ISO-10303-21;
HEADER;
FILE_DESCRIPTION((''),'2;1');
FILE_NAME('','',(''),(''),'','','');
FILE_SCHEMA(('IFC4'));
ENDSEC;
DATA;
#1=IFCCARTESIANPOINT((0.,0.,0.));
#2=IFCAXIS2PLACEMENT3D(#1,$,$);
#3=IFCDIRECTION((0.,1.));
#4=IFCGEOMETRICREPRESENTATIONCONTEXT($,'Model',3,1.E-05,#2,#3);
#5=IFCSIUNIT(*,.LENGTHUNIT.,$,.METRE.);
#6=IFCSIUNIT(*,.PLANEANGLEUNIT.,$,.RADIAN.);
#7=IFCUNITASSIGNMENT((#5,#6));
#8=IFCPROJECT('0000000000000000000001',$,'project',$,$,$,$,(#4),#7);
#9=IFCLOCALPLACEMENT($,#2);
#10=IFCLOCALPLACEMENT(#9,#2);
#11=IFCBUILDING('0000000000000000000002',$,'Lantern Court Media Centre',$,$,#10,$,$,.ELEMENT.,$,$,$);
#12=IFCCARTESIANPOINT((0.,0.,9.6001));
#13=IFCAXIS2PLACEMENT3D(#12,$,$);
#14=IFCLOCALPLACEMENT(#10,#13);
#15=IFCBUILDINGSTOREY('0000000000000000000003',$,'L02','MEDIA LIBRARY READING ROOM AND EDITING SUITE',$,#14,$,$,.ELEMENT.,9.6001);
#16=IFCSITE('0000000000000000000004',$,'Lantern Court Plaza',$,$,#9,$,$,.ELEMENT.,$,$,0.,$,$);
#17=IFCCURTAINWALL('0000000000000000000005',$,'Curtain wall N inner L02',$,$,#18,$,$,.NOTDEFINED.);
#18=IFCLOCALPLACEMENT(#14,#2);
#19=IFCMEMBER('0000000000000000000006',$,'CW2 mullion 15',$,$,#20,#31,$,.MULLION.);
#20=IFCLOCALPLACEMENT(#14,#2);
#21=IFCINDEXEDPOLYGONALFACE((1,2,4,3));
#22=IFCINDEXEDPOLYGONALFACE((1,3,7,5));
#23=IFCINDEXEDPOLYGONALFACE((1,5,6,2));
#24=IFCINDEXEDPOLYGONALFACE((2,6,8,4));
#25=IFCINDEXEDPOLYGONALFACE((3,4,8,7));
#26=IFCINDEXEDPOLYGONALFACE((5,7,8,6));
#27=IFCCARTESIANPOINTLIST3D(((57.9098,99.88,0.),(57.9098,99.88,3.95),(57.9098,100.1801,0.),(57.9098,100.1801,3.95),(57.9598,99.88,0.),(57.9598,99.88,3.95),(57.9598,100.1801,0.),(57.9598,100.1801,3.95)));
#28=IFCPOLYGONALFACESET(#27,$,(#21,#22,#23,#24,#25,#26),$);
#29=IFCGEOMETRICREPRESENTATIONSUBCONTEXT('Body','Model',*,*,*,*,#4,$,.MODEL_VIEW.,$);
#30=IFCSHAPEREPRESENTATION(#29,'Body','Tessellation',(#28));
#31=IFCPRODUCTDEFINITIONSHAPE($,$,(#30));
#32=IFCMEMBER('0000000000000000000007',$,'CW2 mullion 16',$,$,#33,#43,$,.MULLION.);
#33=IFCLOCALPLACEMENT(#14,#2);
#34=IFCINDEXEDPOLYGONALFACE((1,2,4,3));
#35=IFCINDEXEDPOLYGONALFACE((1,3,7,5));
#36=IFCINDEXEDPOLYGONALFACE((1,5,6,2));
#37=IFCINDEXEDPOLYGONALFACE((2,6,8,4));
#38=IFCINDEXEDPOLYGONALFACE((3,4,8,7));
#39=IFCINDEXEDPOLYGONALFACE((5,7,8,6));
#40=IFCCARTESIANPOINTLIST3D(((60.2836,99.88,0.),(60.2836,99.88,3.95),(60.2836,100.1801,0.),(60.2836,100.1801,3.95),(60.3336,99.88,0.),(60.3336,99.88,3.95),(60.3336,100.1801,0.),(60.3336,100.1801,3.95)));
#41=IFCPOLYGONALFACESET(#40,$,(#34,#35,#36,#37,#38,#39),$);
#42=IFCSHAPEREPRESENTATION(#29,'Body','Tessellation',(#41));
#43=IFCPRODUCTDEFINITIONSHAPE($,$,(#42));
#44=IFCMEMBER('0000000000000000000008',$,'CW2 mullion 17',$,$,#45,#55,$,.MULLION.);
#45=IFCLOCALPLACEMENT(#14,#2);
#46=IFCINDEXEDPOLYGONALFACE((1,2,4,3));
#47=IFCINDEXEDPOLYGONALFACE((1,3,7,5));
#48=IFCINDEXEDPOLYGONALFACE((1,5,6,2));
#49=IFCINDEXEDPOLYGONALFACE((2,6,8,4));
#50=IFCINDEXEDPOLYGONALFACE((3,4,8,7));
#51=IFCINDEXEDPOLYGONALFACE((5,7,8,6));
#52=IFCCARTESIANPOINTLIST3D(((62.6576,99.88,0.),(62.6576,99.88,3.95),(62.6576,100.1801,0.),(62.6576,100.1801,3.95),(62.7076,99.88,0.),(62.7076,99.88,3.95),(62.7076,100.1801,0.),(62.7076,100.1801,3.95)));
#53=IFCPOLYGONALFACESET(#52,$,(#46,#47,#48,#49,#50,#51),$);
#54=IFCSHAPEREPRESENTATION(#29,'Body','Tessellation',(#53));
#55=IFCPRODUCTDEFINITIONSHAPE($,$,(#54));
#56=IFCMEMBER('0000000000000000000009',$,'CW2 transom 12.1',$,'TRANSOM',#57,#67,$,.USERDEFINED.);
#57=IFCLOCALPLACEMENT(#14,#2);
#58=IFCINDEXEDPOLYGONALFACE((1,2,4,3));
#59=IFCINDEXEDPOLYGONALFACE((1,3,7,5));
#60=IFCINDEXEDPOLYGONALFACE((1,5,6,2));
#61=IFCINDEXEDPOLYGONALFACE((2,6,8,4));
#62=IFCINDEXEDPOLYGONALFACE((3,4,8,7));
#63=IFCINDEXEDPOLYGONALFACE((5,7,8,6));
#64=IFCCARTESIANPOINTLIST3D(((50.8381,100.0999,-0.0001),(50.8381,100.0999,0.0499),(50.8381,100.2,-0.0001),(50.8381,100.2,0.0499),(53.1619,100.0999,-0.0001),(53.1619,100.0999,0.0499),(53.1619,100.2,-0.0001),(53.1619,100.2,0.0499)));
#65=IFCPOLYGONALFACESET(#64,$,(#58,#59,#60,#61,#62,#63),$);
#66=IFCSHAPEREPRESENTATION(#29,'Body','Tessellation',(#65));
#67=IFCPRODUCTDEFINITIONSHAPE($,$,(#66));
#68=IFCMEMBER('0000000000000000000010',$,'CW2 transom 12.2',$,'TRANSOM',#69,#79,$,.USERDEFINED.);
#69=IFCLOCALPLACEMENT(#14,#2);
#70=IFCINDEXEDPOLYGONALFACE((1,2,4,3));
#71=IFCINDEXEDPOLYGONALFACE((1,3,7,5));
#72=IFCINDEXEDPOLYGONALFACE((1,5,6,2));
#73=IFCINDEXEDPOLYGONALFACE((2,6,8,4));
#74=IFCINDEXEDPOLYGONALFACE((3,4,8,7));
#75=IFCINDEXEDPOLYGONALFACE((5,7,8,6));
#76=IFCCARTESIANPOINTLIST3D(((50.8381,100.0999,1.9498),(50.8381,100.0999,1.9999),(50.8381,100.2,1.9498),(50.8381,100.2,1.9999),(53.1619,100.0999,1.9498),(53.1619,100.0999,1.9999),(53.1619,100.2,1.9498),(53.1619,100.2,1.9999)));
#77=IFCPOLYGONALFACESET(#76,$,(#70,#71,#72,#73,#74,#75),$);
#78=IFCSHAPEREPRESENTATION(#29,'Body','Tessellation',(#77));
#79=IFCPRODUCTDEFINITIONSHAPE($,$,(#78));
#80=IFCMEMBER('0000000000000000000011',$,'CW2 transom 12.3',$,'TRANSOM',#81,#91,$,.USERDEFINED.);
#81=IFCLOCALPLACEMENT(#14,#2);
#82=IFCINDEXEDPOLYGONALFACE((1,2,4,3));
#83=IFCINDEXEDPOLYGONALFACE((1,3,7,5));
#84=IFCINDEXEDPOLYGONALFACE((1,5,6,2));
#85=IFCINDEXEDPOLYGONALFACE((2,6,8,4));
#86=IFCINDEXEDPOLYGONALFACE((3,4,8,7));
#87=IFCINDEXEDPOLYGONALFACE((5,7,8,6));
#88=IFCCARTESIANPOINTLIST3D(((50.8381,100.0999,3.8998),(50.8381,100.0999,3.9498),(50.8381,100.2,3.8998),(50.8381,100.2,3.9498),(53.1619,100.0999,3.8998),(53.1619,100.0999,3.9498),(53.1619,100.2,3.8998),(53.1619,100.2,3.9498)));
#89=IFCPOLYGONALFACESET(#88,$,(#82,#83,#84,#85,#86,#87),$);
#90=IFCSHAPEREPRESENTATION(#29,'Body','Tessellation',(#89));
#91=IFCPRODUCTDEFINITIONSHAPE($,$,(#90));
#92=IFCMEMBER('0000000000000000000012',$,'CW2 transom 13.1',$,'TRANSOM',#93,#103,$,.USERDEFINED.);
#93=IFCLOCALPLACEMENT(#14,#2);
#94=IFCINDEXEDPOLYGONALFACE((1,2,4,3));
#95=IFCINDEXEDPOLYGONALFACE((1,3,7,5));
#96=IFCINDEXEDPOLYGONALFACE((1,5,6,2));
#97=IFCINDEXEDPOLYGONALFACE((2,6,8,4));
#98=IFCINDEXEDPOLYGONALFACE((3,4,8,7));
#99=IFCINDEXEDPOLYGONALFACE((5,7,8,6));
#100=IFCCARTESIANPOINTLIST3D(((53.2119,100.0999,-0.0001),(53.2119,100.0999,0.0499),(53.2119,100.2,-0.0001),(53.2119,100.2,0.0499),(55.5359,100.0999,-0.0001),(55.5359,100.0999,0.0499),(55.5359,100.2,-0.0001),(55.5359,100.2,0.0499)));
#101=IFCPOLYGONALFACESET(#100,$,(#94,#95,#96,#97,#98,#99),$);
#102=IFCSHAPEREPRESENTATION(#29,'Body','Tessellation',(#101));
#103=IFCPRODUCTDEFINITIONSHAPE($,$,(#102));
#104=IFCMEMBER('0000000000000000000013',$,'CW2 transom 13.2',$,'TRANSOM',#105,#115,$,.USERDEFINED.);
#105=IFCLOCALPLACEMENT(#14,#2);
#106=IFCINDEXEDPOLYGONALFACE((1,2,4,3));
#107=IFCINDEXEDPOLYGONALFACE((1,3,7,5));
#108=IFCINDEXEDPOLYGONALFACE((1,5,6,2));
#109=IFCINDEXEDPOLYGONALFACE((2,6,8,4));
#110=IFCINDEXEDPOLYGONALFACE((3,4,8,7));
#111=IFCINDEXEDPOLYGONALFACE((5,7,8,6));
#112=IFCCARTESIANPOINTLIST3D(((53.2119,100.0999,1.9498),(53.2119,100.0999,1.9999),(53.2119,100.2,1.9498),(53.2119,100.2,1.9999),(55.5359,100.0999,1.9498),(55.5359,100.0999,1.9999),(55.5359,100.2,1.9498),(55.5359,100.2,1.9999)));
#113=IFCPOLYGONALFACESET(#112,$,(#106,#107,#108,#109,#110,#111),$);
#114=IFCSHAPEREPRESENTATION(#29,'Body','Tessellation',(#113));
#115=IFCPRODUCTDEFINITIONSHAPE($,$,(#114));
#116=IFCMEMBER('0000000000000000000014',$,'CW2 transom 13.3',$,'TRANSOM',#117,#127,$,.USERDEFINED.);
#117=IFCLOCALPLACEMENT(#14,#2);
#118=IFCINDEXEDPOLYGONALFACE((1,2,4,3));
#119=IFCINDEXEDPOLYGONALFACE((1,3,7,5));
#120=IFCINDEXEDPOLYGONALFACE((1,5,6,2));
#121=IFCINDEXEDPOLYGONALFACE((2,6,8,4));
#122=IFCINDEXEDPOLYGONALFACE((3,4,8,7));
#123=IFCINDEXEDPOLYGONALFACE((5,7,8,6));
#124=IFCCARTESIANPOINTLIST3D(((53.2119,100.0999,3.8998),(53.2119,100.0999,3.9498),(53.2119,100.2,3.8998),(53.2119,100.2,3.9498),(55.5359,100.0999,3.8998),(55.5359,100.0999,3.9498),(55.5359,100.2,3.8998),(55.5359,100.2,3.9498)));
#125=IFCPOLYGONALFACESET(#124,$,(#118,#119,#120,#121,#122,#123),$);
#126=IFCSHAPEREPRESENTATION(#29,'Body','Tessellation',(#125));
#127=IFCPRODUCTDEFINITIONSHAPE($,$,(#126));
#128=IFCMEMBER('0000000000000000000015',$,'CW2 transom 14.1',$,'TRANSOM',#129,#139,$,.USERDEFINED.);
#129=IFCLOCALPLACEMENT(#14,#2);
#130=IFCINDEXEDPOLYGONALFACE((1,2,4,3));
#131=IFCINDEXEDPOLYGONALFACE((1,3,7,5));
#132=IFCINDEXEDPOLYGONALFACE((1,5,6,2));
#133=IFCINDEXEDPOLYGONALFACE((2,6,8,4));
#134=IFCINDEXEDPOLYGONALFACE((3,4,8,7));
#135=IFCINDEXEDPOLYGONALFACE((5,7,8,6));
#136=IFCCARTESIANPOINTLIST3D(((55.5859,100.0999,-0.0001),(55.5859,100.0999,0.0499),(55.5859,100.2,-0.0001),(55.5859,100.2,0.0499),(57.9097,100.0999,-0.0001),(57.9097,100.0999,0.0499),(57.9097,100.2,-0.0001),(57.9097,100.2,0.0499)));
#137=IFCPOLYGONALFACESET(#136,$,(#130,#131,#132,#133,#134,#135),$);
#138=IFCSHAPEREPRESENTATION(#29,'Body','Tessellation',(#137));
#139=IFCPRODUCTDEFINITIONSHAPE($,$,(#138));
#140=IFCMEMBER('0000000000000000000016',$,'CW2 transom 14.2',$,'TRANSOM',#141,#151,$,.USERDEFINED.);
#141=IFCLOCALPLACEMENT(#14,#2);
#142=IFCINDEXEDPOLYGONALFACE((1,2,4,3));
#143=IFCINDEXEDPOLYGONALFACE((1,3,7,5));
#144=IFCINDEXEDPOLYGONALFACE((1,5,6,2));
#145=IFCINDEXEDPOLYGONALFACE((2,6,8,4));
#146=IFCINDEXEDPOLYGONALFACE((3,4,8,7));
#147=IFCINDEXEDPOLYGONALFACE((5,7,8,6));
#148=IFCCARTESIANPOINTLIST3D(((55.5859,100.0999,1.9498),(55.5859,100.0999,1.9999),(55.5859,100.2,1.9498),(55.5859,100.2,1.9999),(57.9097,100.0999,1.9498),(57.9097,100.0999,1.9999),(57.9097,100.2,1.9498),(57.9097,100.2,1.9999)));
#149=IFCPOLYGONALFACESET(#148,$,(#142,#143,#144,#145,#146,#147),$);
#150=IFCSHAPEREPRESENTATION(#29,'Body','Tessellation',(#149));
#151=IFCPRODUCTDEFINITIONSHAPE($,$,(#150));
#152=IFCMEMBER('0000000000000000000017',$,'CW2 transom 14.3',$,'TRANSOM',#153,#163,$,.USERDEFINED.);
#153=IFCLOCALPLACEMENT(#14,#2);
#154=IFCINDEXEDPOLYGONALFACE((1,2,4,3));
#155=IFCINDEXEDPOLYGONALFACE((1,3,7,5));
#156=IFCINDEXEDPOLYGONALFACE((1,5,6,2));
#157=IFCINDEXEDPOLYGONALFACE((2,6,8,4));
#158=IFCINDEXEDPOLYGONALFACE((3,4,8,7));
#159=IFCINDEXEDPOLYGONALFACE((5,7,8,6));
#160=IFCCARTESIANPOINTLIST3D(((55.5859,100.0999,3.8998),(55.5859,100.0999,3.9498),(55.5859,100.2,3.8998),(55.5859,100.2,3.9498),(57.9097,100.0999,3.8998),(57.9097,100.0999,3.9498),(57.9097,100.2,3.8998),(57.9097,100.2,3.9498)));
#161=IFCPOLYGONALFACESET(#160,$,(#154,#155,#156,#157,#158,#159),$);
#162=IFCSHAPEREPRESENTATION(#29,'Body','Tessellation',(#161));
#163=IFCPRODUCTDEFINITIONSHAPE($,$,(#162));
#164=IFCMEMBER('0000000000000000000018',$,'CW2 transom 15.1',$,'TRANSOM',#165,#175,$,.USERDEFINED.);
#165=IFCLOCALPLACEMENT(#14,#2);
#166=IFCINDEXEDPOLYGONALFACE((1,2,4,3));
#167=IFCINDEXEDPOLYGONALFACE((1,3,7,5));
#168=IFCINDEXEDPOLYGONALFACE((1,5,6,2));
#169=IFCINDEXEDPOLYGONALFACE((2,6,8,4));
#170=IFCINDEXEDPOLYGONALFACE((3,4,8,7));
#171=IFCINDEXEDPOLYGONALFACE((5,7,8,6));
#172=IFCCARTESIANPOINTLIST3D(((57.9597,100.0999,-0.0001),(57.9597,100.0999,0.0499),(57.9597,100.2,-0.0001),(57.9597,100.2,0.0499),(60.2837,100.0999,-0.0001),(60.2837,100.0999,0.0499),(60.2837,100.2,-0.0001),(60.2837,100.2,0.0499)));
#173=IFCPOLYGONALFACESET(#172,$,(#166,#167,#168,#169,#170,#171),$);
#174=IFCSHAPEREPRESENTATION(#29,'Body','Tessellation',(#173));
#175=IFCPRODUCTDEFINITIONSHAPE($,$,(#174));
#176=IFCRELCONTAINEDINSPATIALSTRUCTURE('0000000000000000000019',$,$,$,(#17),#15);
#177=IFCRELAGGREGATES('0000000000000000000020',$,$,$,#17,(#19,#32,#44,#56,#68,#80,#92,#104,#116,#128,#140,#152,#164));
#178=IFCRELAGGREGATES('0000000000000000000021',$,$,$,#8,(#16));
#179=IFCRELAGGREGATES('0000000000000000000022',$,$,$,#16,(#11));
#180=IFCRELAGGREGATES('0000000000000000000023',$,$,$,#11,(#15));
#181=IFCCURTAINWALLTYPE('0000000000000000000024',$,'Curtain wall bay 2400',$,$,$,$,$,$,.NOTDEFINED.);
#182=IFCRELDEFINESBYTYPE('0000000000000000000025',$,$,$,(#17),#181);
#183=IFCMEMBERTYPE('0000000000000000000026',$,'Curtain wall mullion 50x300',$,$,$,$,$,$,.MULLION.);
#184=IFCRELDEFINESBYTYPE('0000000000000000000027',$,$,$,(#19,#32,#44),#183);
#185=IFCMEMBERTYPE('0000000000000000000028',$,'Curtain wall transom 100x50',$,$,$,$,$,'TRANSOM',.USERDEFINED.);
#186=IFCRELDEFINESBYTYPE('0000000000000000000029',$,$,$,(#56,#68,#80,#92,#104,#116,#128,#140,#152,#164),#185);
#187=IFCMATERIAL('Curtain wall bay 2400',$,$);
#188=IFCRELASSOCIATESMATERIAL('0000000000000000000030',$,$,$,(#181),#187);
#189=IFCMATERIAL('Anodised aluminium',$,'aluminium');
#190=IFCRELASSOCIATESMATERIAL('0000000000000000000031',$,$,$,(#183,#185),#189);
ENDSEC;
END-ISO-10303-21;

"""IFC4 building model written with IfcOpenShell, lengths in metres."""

from ifc_helpers import new_model, si_unit, direction, frame, origin, origin_2d, place, context, subcontext, project, spatial, rectangle, extrude, material, material_profile, profile_set, type_object, element, aggregate, save


model = new_model("IFC4")

# Units and contexts
model_context = context("Model", 3, precision=1e-05, world=origin(), true_north=direction((0.0, 1.0)))
body_context = subcontext(model_context, "Body", "Model", "MODEL_VIEW")
ifc_project = project(units=[si_unit("LENGTHUNIT", "METRE"), si_unit("PLANEANGLEUNIT", "RADIAN")], contexts=[model_context])

# Site, building, storey
site_placement = place(None, origin())
site = spatial("IfcSite", under=ifc_project, at=site_placement, Name="Lantern Court Plaza", CompositionType="ELEMENT", RefElevation=0.0)
building_placement = place(site_placement, origin())
building = spatial("IfcBuilding", under=site, at=building_placement, Name="Lantern Court Media Centre", CompositionType="ELEMENT")
storey_placement = place(building_placement, frame((0.0, 0.0, 9.6001)))
storey = spatial("IfcBuildingStorey", under=building, at=storey_placement, Name="L02", Description="MEDIA LIBRARY READING ROOM AND EDITING SUITE", CompositionType="ELEMENT", Elevation=9.6001)

# Curtain wall, members
ifc_material_1 = material(Name="Curtain wall bay 2400")
curtain_wall_type = type_object("IfcCurtainWallType", Name="Curtain wall bay 2400", PredefinedType="NOTDEFINED", material=ifc_material_1)
curtain_wall_placement = place(storey_placement, origin())
curtain_wall = element("IfcCurtainWall", 1, at=curtain_wall_placement, inside=storey, type_object=curtain_wall_type, Name="Curtain wall N inner L02", PredefinedType="NOTDEFINED")
ifc_material_2 = material(Name="Anodised aluminium", Category="aluminium")
ifc_material_profile_1 = material_profile(ifc_material_2, rectangle(XDim=0.3, YDim=0.05, at=origin_2d()), Name="AL 50x300")
ifc_profile_set_1 = profile_set([ifc_material_profile_1], Name="Anodised aluminium")
member_type_1 = type_object("IfcMemberType", Name="Curtain wall mullion 50x300", PredefinedType="MULLION", material=ifc_profile_set_1)
member_1_placement = place(storey_placement, frame((57.9348, 100.03, 0.0), z_axis=(0.0, 0.0, 1.0), x_axis=(0.0, 1.0, 0.0)))
member_1 = element("IfcMember", 2, at=member_1_placement, type_object=member_type_1, Name="CW2 mullion 15", PredefinedType="MULLION", context=body_context, shape_type="SweptSolid", body=[
    extrude(rectangle(XDim=0.3, YDim=0.05, at=origin_2d()), origin(), (0.0, 0.0, 1.0), 3.95),
])
member_2_placement = place(storey_placement, frame((60.3086, 100.03, 0.0), z_axis=(0.0, 0.0, 1.0), x_axis=(0.0, 1.0, 0.0)))
member_2 = element("IfcMember", 3, at=member_2_placement, type_object=member_type_1, Name="CW2 mullion 16", PredefinedType="MULLION", context=body_context, shape_type="SweptSolid", body=[
    extrude(rectangle(XDim=0.3, YDim=0.05, at=origin_2d()), origin(), (0.0, 0.0, 1.0), 3.95),
])
member_3_placement = place(storey_placement, frame((62.6826, 100.03, 0.0), z_axis=(0.0, 0.0, 1.0), x_axis=(0.0, 1.0, 0.0)))
member_3 = element("IfcMember", 4, at=member_3_placement, type_object=member_type_1, Name="CW2 mullion 17", PredefinedType="MULLION", context=body_context, shape_type="SweptSolid", body=[
    extrude(rectangle(XDim=0.3, YDim=0.05, at=origin_2d()), origin(), (0.0, 0.0, 1.0), 3.95),
])
ifc_material_profile_2 = material_profile(ifc_material_2, rectangle(XDim=0.1001, YDim=0.05, at=origin_2d()), Name="AL 50x100")
ifc_profile_set_2 = profile_set([ifc_material_profile_2], Name="Anodised aluminium")
member_type_2 = type_object("IfcMemberType", Name="Curtain wall transom 100x50", ElementType="TRANSOM", PredefinedType="USERDEFINED", material=ifc_profile_set_2)
member_4_placement = place(storey_placement, frame((50.8381, 100.1499, 0.0249), z_axis=(1.0, 0.0, 0.0), x_axis=(0.0, 1.0, 0.0)))
member_4 = element("IfcMember", 5, at=member_4_placement, type_object=member_type_2, Name="CW2 transom 12.1", ObjectType="TRANSOM", PredefinedType="USERDEFINED", context=body_context, shape_type="SweptSolid", body=[
    extrude(rectangle(XDim=0.1001, YDim=0.05, at=origin_2d()), origin(), (0.0, 0.0, 1.0), 2.3237),
])
member_5_placement = place(storey_placement, frame((50.8381, 100.1499, 1.9749), z_axis=(1.0, 0.0, 0.0), x_axis=(0.0, 1.0, 0.0)))
member_5 = element("IfcMember", 6, at=member_5_placement, type_object=member_type_2, Name="CW2 transom 12.2", ObjectType="TRANSOM", PredefinedType="USERDEFINED", context=body_context, shape_type="SweptSolid", body=[
    extrude(rectangle(XDim=0.1001, YDim=0.05, at=origin_2d()), origin(), (0.0, 0.0, 1.0), 2.3237),
])
member_6_placement = place(storey_placement, frame((50.8381, 100.1499, 3.9248), z_axis=(1.0, 0.0, 0.0), x_axis=(0.0, 1.0, 0.0)))
member_6 = element("IfcMember", 7, at=member_6_placement, type_object=member_type_2, Name="CW2 transom 12.3", ObjectType="TRANSOM", PredefinedType="USERDEFINED", context=body_context, shape_type="SweptSolid", body=[
    extrude(rectangle(XDim=0.1001, YDim=0.05, at=origin_2d()), origin(), (0.0, 0.0, 1.0), 2.3237),
])
member_7_placement = place(storey_placement, frame((53.2119, 100.1499, 0.0249), z_axis=(1.0, 0.0, 0.0), x_axis=(0.0, 1.0, 0.0)))
member_7 = element("IfcMember", 8, at=member_7_placement, type_object=member_type_2, Name="CW2 transom 13.1", ObjectType="TRANSOM", PredefinedType="USERDEFINED", context=body_context, shape_type="SweptSolid", body=[
    extrude(rectangle(XDim=0.1001, YDim=0.05, at=origin_2d()), origin(), (0.0, 0.0, 1.0), 2.324),
])
member_8_placement = place(storey_placement, frame((53.2119, 100.1499, 1.9749), z_axis=(1.0, 0.0, 0.0), x_axis=(0.0, 1.0, 0.0)))
member_8 = element("IfcMember", 9, at=member_8_placement, type_object=member_type_2, Name="CW2 transom 13.2", ObjectType="TRANSOM", PredefinedType="USERDEFINED", context=body_context, shape_type="SweptSolid", body=[
    extrude(rectangle(XDim=0.1001, YDim=0.05, at=origin_2d()), origin(), (0.0, 0.0, 1.0), 2.324),
])
member_9_placement = place(storey_placement, frame((53.2119, 100.1499, 3.9248), z_axis=(1.0, 0.0, 0.0), x_axis=(0.0, 1.0, 0.0)))
member_9 = element("IfcMember", 10, at=member_9_placement, type_object=member_type_2, Name="CW2 transom 13.3", ObjectType="TRANSOM", PredefinedType="USERDEFINED", context=body_context, shape_type="SweptSolid", body=[
    extrude(rectangle(XDim=0.1001, YDim=0.05, at=origin_2d()), origin(), (0.0, 0.0, 1.0), 2.324),
])
member_10_placement = place(storey_placement, frame((55.5859, 100.1499, 0.0249), z_axis=(1.0, 0.0, 0.0), x_axis=(0.0, 1.0, 0.0)))
member_10 = element("IfcMember", 11, at=member_10_placement, type_object=member_type_2, Name="CW2 transom 14.1", ObjectType="TRANSOM", PredefinedType="USERDEFINED", context=body_context, shape_type="SweptSolid", body=[
    extrude(rectangle(XDim=0.1001, YDim=0.05, at=origin_2d()), origin(), (0.0, 0.0, 1.0), 2.3237),
])
member_11_placement = place(storey_placement, frame((55.5859, 100.1499, 1.9749), z_axis=(1.0, 0.0, 0.0), x_axis=(0.0, 1.0, 0.0)))
member_11 = element("IfcMember", 12, at=member_11_placement, type_object=member_type_2, Name="CW2 transom 14.2", ObjectType="TRANSOM", PredefinedType="USERDEFINED", context=body_context, shape_type="SweptSolid", body=[
    extrude(rectangle(XDim=0.1001, YDim=0.05, at=origin_2d()), origin(), (0.0, 0.0, 1.0), 2.3237),
])
member_12_placement = place(storey_placement, frame((55.5859, 100.1499, 3.9248), z_axis=(1.0, 0.0, 0.0), x_axis=(0.0, 1.0, 0.0)))
member_12 = element("IfcMember", 13, at=member_12_placement, type_object=member_type_2, Name="CW2 transom 14.3", ObjectType="TRANSOM", PredefinedType="USERDEFINED", context=body_context, shape_type="SweptSolid", body=[
    extrude(rectangle(XDim=0.1001, YDim=0.05, at=origin_2d()), origin(), (0.0, 0.0, 1.0), 2.3237),
])
member_13_placement = place(storey_placement, frame((57.9597, 100.1499, 0.0249), z_axis=(1.0, 0.0, 0.0), x_axis=(0.0, 1.0, 0.0)))
member_13 = element("IfcMember", 14, at=member_13_placement, type_object=member_type_2, Name="CW2 transom 15.1", ObjectType="TRANSOM", PredefinedType="USERDEFINED", context=body_context, shape_type="SweptSolid", body=[
    extrude(rectangle(XDim=0.1001, YDim=0.05, at=origin_2d()), origin(), (0.0, 0.0, 1.0), 2.324),
])

aggregate(curtain_wall, [member_1, member_2, member_3, member_4, member_5, member_6, member_7, member_8, member_9, member_10, member_11, member_12, member_13])

save(model, "model.ifc")
